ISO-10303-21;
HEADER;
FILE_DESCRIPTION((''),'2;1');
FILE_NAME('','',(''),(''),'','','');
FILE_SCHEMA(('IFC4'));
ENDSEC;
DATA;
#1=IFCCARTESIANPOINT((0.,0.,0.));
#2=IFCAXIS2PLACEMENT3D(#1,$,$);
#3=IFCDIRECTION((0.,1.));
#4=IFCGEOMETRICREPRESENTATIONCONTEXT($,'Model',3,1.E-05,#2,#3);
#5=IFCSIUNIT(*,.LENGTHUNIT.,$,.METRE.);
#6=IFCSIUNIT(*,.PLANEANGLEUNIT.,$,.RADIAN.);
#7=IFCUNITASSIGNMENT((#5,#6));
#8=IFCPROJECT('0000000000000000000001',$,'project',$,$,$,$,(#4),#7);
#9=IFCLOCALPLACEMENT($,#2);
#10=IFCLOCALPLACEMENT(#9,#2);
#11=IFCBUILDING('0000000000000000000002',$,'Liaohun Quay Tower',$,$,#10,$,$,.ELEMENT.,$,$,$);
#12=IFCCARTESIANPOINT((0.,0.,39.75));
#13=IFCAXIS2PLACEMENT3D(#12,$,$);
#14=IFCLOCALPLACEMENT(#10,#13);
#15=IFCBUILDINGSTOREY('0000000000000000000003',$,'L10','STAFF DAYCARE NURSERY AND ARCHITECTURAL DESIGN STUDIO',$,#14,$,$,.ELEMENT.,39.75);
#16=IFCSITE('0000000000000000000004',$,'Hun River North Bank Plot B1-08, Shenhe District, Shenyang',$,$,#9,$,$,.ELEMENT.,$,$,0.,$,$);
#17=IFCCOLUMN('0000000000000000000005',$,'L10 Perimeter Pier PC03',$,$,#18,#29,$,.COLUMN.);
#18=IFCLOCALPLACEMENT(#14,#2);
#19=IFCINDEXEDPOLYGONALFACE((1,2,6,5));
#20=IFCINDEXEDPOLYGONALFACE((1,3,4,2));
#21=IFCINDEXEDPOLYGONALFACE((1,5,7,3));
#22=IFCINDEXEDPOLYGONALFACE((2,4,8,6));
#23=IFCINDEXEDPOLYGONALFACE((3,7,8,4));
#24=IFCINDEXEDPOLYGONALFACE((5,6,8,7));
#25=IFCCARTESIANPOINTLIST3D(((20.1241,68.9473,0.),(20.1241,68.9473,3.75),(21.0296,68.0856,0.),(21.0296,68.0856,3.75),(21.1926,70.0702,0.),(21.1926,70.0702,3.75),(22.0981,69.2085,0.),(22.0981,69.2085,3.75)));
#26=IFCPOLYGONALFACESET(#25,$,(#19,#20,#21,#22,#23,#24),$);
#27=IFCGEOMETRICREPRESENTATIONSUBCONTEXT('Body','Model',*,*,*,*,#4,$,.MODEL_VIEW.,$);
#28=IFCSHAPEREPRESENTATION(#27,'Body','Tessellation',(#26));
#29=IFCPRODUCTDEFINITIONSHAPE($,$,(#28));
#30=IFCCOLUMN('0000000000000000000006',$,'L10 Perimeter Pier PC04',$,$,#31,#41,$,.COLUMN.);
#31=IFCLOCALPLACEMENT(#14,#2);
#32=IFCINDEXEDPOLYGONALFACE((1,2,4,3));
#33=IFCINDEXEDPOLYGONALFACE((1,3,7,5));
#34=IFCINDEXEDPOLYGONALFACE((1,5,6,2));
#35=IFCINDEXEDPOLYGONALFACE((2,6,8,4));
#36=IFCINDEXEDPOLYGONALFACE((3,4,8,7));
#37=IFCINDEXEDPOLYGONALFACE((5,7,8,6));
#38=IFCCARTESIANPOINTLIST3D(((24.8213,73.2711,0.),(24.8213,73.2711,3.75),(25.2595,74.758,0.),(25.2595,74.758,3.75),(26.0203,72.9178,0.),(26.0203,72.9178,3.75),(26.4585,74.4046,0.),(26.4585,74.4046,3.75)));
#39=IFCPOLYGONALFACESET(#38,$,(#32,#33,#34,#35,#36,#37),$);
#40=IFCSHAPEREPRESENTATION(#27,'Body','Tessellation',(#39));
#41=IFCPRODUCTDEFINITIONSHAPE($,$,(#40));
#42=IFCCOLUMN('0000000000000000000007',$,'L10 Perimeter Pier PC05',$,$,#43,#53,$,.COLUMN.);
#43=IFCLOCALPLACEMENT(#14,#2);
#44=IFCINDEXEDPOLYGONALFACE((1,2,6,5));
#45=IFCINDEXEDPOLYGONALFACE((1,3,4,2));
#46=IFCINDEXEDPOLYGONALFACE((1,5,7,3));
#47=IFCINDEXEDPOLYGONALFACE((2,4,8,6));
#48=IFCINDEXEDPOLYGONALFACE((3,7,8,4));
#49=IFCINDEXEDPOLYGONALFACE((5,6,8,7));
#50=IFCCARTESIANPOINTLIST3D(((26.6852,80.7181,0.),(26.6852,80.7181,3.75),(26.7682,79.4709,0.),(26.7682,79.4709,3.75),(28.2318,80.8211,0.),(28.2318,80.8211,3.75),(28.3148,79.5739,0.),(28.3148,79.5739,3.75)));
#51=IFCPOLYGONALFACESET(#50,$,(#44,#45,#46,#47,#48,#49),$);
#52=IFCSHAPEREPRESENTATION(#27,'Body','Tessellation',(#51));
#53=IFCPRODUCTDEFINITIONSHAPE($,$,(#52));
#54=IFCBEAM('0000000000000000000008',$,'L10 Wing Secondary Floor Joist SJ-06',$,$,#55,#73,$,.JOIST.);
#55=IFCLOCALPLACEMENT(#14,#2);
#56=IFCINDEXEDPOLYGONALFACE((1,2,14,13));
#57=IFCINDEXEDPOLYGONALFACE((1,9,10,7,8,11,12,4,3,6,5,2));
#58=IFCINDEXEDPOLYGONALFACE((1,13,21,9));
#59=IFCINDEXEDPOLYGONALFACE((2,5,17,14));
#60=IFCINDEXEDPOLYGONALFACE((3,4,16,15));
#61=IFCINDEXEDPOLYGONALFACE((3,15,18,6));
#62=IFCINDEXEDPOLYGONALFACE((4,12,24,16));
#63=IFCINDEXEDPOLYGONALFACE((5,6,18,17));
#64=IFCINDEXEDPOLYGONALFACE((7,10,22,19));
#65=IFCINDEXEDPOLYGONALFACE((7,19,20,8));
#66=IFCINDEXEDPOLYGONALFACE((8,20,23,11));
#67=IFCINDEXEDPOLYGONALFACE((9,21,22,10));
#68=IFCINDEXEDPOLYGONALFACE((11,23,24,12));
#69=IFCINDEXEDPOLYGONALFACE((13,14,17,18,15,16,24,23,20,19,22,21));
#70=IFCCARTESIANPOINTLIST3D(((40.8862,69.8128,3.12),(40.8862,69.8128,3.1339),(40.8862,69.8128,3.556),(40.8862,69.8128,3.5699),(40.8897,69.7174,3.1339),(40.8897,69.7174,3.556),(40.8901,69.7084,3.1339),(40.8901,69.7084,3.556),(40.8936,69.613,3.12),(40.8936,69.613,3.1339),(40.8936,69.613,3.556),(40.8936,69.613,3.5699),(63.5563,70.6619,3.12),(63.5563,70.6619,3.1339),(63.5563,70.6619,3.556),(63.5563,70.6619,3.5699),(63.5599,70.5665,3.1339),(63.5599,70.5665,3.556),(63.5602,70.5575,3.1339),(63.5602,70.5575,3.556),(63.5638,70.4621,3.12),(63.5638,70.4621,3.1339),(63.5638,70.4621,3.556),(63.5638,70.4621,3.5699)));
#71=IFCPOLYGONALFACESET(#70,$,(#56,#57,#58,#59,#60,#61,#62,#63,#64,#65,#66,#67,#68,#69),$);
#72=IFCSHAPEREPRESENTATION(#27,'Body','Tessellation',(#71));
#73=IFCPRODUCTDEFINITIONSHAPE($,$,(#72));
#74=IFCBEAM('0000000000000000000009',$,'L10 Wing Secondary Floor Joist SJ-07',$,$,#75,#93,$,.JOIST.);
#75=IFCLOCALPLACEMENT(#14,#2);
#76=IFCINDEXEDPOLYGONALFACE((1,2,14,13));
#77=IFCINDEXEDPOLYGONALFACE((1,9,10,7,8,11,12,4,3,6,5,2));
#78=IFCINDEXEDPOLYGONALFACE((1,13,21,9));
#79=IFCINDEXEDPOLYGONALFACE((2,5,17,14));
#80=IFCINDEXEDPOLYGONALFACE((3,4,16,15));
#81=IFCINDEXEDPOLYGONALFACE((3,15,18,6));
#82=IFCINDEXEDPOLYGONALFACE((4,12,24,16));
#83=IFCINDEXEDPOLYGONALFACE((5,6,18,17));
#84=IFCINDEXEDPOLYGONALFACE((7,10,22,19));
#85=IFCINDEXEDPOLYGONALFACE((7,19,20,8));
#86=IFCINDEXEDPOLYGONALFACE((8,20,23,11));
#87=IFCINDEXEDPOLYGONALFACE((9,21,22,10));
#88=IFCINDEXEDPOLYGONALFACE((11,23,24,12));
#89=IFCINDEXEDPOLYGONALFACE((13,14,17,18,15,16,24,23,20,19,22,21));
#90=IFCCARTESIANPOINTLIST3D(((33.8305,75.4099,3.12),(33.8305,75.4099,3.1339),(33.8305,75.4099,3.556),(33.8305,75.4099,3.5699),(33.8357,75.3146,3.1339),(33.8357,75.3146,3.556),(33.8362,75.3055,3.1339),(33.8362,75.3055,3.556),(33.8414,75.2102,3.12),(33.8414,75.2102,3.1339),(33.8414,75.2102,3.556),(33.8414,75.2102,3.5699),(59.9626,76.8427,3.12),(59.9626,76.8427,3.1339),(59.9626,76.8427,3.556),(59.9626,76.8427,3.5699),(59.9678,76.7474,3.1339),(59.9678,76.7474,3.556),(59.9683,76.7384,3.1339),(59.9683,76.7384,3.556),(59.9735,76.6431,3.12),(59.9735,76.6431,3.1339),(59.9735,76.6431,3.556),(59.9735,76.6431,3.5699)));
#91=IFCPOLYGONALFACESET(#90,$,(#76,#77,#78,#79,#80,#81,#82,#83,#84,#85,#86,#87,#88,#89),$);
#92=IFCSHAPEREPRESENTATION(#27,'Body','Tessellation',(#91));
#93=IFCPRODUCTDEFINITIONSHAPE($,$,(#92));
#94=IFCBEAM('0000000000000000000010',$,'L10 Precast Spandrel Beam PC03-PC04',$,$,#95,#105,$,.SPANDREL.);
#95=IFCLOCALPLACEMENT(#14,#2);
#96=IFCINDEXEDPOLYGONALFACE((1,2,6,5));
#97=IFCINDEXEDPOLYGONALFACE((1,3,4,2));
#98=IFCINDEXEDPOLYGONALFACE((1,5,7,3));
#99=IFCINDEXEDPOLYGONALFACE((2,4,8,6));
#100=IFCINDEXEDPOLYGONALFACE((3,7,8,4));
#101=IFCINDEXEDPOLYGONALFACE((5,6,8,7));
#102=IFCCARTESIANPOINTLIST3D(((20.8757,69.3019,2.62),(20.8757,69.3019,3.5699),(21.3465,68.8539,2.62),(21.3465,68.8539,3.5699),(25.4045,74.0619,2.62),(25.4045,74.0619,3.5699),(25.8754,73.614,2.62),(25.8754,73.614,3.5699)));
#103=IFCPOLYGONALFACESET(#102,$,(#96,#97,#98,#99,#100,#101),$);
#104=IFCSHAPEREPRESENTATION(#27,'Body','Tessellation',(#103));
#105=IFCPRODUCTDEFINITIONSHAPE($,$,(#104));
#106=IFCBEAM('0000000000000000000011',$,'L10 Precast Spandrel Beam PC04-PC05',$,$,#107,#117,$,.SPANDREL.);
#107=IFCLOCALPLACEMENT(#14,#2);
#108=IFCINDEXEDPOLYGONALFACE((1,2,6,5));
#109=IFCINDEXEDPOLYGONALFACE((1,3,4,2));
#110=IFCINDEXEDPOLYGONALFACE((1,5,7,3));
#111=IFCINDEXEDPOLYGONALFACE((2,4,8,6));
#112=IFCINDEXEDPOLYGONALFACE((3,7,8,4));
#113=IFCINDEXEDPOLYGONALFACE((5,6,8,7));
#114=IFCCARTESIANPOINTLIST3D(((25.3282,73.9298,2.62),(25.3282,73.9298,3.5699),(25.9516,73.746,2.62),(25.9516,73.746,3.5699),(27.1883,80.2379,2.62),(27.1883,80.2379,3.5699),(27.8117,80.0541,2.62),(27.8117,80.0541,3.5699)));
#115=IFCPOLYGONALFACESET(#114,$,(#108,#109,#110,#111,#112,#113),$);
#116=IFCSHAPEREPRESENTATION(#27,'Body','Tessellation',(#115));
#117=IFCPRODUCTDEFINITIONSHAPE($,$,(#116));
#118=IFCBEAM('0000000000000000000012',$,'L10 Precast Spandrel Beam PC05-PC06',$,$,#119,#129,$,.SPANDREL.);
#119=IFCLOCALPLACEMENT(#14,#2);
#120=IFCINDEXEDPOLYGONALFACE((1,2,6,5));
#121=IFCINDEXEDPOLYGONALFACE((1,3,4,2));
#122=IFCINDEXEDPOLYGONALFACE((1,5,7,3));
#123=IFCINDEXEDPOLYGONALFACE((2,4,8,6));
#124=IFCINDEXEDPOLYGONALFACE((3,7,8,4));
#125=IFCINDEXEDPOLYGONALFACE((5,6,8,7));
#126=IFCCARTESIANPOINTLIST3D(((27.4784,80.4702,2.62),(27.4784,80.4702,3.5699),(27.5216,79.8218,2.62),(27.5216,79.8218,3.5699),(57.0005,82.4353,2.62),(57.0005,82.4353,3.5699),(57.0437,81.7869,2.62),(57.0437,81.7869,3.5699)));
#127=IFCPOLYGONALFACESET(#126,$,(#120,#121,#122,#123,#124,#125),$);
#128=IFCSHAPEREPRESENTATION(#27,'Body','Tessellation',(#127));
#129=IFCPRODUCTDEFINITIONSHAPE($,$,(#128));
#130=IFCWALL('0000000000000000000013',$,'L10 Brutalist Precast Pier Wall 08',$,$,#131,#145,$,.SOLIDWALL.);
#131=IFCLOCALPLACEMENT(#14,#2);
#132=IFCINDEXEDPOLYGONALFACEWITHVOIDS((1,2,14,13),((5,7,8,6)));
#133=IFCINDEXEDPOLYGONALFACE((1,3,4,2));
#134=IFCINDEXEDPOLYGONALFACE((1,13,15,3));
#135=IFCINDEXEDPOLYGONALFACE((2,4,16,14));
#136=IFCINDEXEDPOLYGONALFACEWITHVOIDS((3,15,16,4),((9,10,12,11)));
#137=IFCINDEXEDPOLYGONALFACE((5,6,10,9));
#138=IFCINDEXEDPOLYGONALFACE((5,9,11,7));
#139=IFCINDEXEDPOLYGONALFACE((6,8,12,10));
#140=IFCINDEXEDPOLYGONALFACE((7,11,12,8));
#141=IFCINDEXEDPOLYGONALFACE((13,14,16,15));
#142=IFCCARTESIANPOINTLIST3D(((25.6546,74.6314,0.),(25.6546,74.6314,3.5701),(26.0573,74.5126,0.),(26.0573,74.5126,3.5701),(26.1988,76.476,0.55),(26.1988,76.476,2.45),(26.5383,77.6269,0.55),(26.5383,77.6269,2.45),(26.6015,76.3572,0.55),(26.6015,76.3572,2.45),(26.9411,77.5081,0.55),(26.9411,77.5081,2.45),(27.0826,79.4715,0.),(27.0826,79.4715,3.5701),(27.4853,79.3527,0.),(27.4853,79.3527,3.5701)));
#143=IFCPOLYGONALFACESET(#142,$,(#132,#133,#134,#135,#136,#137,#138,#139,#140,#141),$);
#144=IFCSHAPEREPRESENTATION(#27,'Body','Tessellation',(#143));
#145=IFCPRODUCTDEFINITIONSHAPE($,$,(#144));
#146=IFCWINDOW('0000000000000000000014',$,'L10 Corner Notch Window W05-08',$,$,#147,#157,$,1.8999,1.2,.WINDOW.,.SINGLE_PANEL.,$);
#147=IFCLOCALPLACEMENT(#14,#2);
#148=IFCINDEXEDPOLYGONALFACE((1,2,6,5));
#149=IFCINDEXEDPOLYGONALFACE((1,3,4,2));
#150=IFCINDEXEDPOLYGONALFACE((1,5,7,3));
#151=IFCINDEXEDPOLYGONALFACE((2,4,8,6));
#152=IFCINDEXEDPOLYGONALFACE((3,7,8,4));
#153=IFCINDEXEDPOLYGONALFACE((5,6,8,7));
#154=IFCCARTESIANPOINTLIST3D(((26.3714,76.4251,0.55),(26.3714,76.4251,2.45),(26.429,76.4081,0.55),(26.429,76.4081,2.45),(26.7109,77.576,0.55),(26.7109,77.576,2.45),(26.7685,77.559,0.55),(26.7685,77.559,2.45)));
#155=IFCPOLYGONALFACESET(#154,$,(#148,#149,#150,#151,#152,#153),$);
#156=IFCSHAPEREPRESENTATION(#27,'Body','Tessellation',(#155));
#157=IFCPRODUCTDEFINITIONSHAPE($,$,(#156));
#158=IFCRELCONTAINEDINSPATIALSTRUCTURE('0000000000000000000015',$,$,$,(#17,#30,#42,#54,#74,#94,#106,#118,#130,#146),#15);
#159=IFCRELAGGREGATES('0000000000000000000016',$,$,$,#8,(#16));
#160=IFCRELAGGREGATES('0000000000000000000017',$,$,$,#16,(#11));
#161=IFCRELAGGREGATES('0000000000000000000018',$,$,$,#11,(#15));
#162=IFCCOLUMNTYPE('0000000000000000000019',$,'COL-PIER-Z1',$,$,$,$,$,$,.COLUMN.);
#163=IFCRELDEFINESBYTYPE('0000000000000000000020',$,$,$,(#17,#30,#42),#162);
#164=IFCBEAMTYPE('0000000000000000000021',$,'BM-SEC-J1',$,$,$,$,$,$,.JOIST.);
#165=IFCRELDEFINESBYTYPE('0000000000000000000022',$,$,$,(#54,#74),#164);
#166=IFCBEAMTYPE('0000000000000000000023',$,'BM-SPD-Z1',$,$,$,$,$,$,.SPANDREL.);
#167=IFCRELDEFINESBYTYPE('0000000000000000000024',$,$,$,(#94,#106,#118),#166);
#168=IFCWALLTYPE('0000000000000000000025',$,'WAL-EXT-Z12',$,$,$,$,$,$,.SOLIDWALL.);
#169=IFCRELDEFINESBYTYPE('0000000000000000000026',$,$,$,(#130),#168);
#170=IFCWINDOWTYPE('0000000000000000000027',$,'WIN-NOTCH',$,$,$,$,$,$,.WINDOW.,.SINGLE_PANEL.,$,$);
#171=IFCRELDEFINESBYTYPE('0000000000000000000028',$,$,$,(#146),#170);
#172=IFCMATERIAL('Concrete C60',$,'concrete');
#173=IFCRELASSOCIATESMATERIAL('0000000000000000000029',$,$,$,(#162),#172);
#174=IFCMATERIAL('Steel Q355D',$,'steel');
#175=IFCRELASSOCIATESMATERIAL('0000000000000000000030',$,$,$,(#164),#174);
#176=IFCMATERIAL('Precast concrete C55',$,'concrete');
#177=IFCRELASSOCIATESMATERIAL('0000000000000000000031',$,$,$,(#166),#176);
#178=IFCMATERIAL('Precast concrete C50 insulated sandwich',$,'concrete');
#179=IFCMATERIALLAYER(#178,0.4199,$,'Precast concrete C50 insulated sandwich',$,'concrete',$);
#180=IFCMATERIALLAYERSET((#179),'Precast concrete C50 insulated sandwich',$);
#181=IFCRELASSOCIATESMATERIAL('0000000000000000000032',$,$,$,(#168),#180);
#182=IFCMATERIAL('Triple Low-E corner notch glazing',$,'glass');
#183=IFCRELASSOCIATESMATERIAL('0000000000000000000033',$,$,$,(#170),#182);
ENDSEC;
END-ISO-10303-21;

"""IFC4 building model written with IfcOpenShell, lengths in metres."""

from ifc_helpers import new_model, si_unit, direction, frame, frame_2d, origin, origin_2d, place, context, subcontext, project, spatial, rectangle, i_section, extrude, source, transform, mapped, material, layer, layer_set, material_profile, profile_set, type_object, element, fill, save


model = new_model("IFC4")

# Units and contexts
model_context = context("Model", 3, precision=1e-05, world=origin(), true_north=direction((0.0, 1.0)))
body_context = subcontext(model_context, "Body", "Model", "MODEL_VIEW")
ifc_project = project(units=[si_unit("LENGTHUNIT", "METRE"), si_unit("PLANEANGLEUNIT", "RADIAN")], contexts=[model_context])

# Site, building, storey
site_placement = place(None, origin())
site = spatial("IfcSite", under=ifc_project, at=site_placement, Name="Hun River North Bank Plot B1-08, Shenhe District, Shenyang", CompositionType="ELEMENT", RefElevation=0.0)
building_placement = place(site_placement, origin())
building = spatial("IfcBuilding", under=site, at=building_placement, Name="Liaohun Quay Tower", CompositionType="ELEMENT")
storey_placement = place(building_placement, frame((0.0, 0.0, 39.75)))
storey = spatial("IfcBuildingStorey", under=building, at=storey_placement, Name="L10", Description="STAFF DAYCARE NURSERY AND ARCHITECTURAL DESIGN STUDIO", CompositionType="ELEMENT", Elevation=39.75)

# Columns
ifc_material_1 = material(Name="Concrete C60", Category="concrete")
ifc_material_profile_1 = material_profile(ifc_material_1, rectangle(XDim=1.55, YDim=1.25, at=origin_2d()), Name="RC1550x1250")
ifc_profile_set_1 = profile_set([ifc_material_profile_1], Name="Concrete C60")
column_type = type_object("IfcColumnType", Name="COL-PIER-Z1", PredefinedType="COLUMN", material=ifc_profile_set_1)
shared_shape_1 = source(origin(), body_context, "Body", "SweptSolid", [
    extrude(rectangle(XDim=1.55, YDim=1.25, at=origin_2d()), origin(), (0.0, 0.0, 1.0), 3.75),
])
for number, where, z_axis, x_axis, name in (
    (1, (21.1111, 69.0779, 0.0), (0.0, 0.0, 1.0), (0.689367, 0.724413, 0.0), "L10 Perimeter Pier PC03"),
    (2, (25.6399, 73.8379, 0.0), (0.0, 0.0, 1.0), (0.282676, 0.959215, 0.0), "L10 Perimeter Pier PC04"),
    (3, (27.5, 80.146, 0.0), (0.0, 0.0, 1.0), (0.99779, 0.066448, 0.0), "L10 Perimeter Pier PC05"),
):
    element("IfcColumn", number, at=place(storey_placement, frame(where, z_axis=z_axis, x_axis=x_axis)), inside=storey, type_object=column_type, Name=name, PredefinedType="COLUMN", context=body_context, shape_type="MappedRepresentation", body=[
        mapped(shared_shape_1, transform((0.0, 0.0, 0.0), x_axis=(1.0, 0.0, 0.0), y_axis=(0.0, 1.0, 0.0), z_axis=(0.0, 0.0, 1.0), scale=1.0)),
    ])

# Beams
ifc_material_2 = material(Name="Steel Q355D", Category="steel")
ifc_material_profile_2 = material_profile(ifc_material_2, i_section(OverallWidth=0.2, OverallDepth=0.45, WebThickness=0.009, FlangeThickness=0.0139, at=origin_2d()), Name="HN450x200x9x14")
ifc_profile_set_2 = profile_set([ifc_material_profile_2], Name="Steel Q355D")
beam_type_1 = type_object("IfcBeamType", Name="BM-SEC-J1", PredefinedType="JOIST", material=ifc_profile_set_2)
shared_shape_2 = source(origin(), body_context, "Body", "SweptSolid", [
    extrude(i_section(OverallWidth=0.2, OverallDepth=0.45, WebThickness=0.009, FlangeThickness=0.0139, at=origin_2d()), origin(), (0.0, 0.0, 1.0), 22.686),
])
beam_1_placement = place(storey_placement, frame((40.8899, 69.7129, 3.345), z_axis=(0.999299, 0.037429, 0.0), x_axis=(-0.037429, 0.999299, 0.0)))
element("IfcBeam", 4, at=beam_1_placement, inside=storey, type_object=beam_type_1, Name="L10 Wing Secondary Floor Joist SJ-06", PredefinedType="JOIST", context=body_context, shape_type="MappedRepresentation", body=[
    mapped(shared_shape_2, transform((0.0, 0.0, 0.0), x_axis=(1.0, 0.0, 0.0), y_axis=(0.0, 1.0, 0.0), z_axis=(0.0, 0.0, 1.0), scale=1.0)),
])
shared_shape_3 = source(origin(), body_context, "Body", "SweptSolid", [
    extrude(i_section(OverallWidth=0.2, OverallDepth=0.45, WebThickness=0.009, FlangeThickness=0.0139, at=origin_2d()), origin(), (0.0, 0.0, 1.0), 26.1714),
])
beam_2_placement = place(storey_placement, frame((33.8359, 75.3101, 3.345), z_axis=(0.9985, 0.054749, 0.0), x_axis=(-0.054749, 0.9985, 0.0)))
element("IfcBeam", 5, at=beam_2_placement, inside=storey, type_object=beam_type_1, Name="L10 Wing Secondary Floor Joist SJ-07", PredefinedType="JOIST", context=body_context, shape_type="MappedRepresentation", body=[
    mapped(shared_shape_3, transform((0.0, 0.0, 0.0), x_axis=(1.0, 0.0, 0.0), y_axis=(0.0, 1.0, 0.0), z_axis=(0.0, 0.0, 1.0), scale=1.0)),
])
ifc_material_3 = material(Name="Precast concrete C55", Category="concrete")
ifc_material_profile_3 = material_profile(ifc_material_3, rectangle(XDim=0.6499, YDim=0.95, at=origin_2d()), Name="RC650x950")
ifc_profile_set_3 = profile_set([ifc_material_profile_3], Name="Precast concrete C55")
beam_type_2 = type_object("IfcBeamType", Name="BM-SPD-Z1", PredefinedType="SPANDREL", material=ifc_profile_set_3)
shared_shape_4 = source(origin(), body_context, "Body", "SweptSolid", [
    extrude(rectangle(XDim=0.6499, YDim=0.95, at=origin_2d()), origin(), (0.0, 0.0, 1.0), 6.5703),
])
beam_3_placement = place(storey_placement, frame((21.1111, 69.0779, 3.095), z_axis=(0.689293, 0.724482, 0.0), x_axis=(-0.724482, 0.689293, 0.0)))
element("IfcBeam", 6, at=beam_3_placement, inside=storey, type_object=beam_type_2, Name="L10 Precast Spandrel Beam PC03-PC04", PredefinedType="SPANDREL", context=body_context, shape_type="MappedRepresentation", body=[
    mapped(shared_shape_4, transform((0.0, 0.0, 0.0), x_axis=(1.0, 0.0, 0.0), y_axis=(0.0, 1.0, 0.0), z_axis=(0.0, 0.0, 1.0), scale=1.0)),
])
shared_shape_5 = source(origin(), body_context, "Body", "SweptSolid", [
    extrude(rectangle(XDim=0.6499, YDim=0.95, at=origin_2d()), origin(), (0.0, 0.0, 1.0), 6.5767),
])
beam_4_placement = place(storey_placement, frame((25.6399, 73.8379, 3.095), z_axis=(0.282836, 0.959168, 0.0), x_axis=(-0.959168, 0.282836, 0.0)))
element("IfcBeam", 7, at=beam_4_placement, inside=storey, type_object=beam_type_2, Name="L10 Precast Spandrel Beam PC04-PC05", PredefinedType="SPANDREL", context=body_context, shape_type="MappedRepresentation", body=[
    mapped(shared_shape_5, transform((0.0, 0.0, 0.0), x_axis=(1.0, 0.0, 0.0), y_axis=(0.0, 1.0, 0.0), z_axis=(0.0, 0.0, 1.0), scale=1.0)),
])
shared_shape_6 = source(origin(), body_context, "Body", "SweptSolid", [
    extrude(rectangle(XDim=0.6499, YDim=0.95, at=origin_2d()), origin(), (0.0, 0.0, 1.0), 29.5874),
])
beam_5_placement = place(storey_placement, frame((27.5, 80.146, 3.095), z_axis=(0.997792, 0.066417, 0.0), x_axis=(-0.066417, 0.997792, 0.0)))
element("IfcBeam", 8, at=beam_5_placement, inside=storey, type_object=beam_type_2, Name="L10 Precast Spandrel Beam PC05-PC06", PredefinedType="SPANDREL", context=body_context, shape_type="MappedRepresentation", body=[
    mapped(shared_shape_6, transform((0.0, 0.0, 0.0), x_axis=(1.0, 0.0, 0.0), y_axis=(0.0, 1.0, 0.0), z_axis=(0.0, 0.0, 1.0), scale=1.0)),
])

# Wall, opening, window
ifc_material_4 = material(Name="Precast concrete C50 insulated sandwich", Category="concrete")
ifc_layer_1 = layer(ifc_material_4, 0.4199, Name="Precast concrete C50 insulated sandwich", Category="concrete")
ifc_layer_set_1 = layer_set([ifc_layer_1], Name="Precast concrete C50 insulated sandwich")
wall_type_1 = type_object("IfcWallType", Name="WAL-EXT-Z12", PredefinedType="SOLIDWALL", material=ifc_layer_set_1)
wall_1_placement = place(storey_placement, frame((27.2839, 79.4121, 0.0), z_axis=(0.0, 0.0, 1.0), x_axis=(-0.282973, -0.959128, 0.0)))
wall_1 = element("IfcWall", 9, at=wall_1_placement, inside=storey, type_object=wall_type_1, Name="L10 Brutalist Precast Pier Wall 08", PredefinedType="SOLIDWALL", context=body_context, shape_type="SweptSolid", body=[
    extrude(rectangle(XDim=5.0464, YDim=0.4199, at=frame_2d((2.5232, 0.0))), origin(), (0.0, 0.0, 1.0), 3.5701),
])
shared_shape_7 = source(origin(), body_context, "Body", "SweptSolid", [
    extrude(rectangle(XDim=1.2, YDim=1.8999, at=frame_2d((0.6001, 0.95))), frame((0.0, 0.22, 0.0), z_axis=(0.0, -1.0, 0.0), x_axis=(1.0, 0.0, 0.0)), (0.0, 0.0, 1.0), 0.4399),
])
opening_1_placement = place(wall_1_placement, frame((1.9231, 0.0, 0.55)))
opening_1 = element("IfcOpeningElement", 10, at=opening_1_placement, cuts=wall_1, PredefinedType="OPENING", context=body_context, shape_type="MappedRepresentation", body=[
    mapped(shared_shape_7, transform((0.0, 0.0, 0.0), x_axis=(1.0, 0.0, 0.0), y_axis=(0.0, 1.0, 0.0), z_axis=(0.0, 0.0, 1.0), scale=1.0)),
])
ifc_material_5 = material(Name="Triple Low-E corner notch glazing", Category="glass")
window_type_1 = type_object("IfcWindowType", Name="WIN-NOTCH", PartitioningType="SINGLE_PANEL", PredefinedType="WINDOW", material=ifc_material_5)
shared_shape_8 = source(origin(), body_context, "Body", "SweptSolid", [
    extrude(rectangle(XDim=1.2, YDim=1.8999, at=frame_2d((0.6001, 0.95))), frame((0.0, 0.03, 0.0), z_axis=(0.0, -1.0, 0.0), x_axis=(1.0, 0.0, 0.0)), (0.0, 0.0, 1.0), 0.0601),
])
window_1_placement = place(opening_1_placement, origin())
window_1 = element("IfcWindow", 11, at=window_1_placement, inside=storey, type_object=window_type_1, Name="L10 Corner Notch Window W05-08", OverallHeight=1.8999, OverallWidth=1.2, PartitioningType="SINGLE_PANEL", PredefinedType="WINDOW", context=body_context, shape_type="MappedRepresentation", body=[
    mapped(shared_shape_8, transform((0.0, 0.0, 0.0), x_axis=(1.0, 0.0, 0.0), y_axis=(0.0, 1.0, 0.0), z_axis=(0.0, 0.0, 1.0), scale=1.0)),
])
fill(opening_1, window_1)

save(model, "model.ifc")
